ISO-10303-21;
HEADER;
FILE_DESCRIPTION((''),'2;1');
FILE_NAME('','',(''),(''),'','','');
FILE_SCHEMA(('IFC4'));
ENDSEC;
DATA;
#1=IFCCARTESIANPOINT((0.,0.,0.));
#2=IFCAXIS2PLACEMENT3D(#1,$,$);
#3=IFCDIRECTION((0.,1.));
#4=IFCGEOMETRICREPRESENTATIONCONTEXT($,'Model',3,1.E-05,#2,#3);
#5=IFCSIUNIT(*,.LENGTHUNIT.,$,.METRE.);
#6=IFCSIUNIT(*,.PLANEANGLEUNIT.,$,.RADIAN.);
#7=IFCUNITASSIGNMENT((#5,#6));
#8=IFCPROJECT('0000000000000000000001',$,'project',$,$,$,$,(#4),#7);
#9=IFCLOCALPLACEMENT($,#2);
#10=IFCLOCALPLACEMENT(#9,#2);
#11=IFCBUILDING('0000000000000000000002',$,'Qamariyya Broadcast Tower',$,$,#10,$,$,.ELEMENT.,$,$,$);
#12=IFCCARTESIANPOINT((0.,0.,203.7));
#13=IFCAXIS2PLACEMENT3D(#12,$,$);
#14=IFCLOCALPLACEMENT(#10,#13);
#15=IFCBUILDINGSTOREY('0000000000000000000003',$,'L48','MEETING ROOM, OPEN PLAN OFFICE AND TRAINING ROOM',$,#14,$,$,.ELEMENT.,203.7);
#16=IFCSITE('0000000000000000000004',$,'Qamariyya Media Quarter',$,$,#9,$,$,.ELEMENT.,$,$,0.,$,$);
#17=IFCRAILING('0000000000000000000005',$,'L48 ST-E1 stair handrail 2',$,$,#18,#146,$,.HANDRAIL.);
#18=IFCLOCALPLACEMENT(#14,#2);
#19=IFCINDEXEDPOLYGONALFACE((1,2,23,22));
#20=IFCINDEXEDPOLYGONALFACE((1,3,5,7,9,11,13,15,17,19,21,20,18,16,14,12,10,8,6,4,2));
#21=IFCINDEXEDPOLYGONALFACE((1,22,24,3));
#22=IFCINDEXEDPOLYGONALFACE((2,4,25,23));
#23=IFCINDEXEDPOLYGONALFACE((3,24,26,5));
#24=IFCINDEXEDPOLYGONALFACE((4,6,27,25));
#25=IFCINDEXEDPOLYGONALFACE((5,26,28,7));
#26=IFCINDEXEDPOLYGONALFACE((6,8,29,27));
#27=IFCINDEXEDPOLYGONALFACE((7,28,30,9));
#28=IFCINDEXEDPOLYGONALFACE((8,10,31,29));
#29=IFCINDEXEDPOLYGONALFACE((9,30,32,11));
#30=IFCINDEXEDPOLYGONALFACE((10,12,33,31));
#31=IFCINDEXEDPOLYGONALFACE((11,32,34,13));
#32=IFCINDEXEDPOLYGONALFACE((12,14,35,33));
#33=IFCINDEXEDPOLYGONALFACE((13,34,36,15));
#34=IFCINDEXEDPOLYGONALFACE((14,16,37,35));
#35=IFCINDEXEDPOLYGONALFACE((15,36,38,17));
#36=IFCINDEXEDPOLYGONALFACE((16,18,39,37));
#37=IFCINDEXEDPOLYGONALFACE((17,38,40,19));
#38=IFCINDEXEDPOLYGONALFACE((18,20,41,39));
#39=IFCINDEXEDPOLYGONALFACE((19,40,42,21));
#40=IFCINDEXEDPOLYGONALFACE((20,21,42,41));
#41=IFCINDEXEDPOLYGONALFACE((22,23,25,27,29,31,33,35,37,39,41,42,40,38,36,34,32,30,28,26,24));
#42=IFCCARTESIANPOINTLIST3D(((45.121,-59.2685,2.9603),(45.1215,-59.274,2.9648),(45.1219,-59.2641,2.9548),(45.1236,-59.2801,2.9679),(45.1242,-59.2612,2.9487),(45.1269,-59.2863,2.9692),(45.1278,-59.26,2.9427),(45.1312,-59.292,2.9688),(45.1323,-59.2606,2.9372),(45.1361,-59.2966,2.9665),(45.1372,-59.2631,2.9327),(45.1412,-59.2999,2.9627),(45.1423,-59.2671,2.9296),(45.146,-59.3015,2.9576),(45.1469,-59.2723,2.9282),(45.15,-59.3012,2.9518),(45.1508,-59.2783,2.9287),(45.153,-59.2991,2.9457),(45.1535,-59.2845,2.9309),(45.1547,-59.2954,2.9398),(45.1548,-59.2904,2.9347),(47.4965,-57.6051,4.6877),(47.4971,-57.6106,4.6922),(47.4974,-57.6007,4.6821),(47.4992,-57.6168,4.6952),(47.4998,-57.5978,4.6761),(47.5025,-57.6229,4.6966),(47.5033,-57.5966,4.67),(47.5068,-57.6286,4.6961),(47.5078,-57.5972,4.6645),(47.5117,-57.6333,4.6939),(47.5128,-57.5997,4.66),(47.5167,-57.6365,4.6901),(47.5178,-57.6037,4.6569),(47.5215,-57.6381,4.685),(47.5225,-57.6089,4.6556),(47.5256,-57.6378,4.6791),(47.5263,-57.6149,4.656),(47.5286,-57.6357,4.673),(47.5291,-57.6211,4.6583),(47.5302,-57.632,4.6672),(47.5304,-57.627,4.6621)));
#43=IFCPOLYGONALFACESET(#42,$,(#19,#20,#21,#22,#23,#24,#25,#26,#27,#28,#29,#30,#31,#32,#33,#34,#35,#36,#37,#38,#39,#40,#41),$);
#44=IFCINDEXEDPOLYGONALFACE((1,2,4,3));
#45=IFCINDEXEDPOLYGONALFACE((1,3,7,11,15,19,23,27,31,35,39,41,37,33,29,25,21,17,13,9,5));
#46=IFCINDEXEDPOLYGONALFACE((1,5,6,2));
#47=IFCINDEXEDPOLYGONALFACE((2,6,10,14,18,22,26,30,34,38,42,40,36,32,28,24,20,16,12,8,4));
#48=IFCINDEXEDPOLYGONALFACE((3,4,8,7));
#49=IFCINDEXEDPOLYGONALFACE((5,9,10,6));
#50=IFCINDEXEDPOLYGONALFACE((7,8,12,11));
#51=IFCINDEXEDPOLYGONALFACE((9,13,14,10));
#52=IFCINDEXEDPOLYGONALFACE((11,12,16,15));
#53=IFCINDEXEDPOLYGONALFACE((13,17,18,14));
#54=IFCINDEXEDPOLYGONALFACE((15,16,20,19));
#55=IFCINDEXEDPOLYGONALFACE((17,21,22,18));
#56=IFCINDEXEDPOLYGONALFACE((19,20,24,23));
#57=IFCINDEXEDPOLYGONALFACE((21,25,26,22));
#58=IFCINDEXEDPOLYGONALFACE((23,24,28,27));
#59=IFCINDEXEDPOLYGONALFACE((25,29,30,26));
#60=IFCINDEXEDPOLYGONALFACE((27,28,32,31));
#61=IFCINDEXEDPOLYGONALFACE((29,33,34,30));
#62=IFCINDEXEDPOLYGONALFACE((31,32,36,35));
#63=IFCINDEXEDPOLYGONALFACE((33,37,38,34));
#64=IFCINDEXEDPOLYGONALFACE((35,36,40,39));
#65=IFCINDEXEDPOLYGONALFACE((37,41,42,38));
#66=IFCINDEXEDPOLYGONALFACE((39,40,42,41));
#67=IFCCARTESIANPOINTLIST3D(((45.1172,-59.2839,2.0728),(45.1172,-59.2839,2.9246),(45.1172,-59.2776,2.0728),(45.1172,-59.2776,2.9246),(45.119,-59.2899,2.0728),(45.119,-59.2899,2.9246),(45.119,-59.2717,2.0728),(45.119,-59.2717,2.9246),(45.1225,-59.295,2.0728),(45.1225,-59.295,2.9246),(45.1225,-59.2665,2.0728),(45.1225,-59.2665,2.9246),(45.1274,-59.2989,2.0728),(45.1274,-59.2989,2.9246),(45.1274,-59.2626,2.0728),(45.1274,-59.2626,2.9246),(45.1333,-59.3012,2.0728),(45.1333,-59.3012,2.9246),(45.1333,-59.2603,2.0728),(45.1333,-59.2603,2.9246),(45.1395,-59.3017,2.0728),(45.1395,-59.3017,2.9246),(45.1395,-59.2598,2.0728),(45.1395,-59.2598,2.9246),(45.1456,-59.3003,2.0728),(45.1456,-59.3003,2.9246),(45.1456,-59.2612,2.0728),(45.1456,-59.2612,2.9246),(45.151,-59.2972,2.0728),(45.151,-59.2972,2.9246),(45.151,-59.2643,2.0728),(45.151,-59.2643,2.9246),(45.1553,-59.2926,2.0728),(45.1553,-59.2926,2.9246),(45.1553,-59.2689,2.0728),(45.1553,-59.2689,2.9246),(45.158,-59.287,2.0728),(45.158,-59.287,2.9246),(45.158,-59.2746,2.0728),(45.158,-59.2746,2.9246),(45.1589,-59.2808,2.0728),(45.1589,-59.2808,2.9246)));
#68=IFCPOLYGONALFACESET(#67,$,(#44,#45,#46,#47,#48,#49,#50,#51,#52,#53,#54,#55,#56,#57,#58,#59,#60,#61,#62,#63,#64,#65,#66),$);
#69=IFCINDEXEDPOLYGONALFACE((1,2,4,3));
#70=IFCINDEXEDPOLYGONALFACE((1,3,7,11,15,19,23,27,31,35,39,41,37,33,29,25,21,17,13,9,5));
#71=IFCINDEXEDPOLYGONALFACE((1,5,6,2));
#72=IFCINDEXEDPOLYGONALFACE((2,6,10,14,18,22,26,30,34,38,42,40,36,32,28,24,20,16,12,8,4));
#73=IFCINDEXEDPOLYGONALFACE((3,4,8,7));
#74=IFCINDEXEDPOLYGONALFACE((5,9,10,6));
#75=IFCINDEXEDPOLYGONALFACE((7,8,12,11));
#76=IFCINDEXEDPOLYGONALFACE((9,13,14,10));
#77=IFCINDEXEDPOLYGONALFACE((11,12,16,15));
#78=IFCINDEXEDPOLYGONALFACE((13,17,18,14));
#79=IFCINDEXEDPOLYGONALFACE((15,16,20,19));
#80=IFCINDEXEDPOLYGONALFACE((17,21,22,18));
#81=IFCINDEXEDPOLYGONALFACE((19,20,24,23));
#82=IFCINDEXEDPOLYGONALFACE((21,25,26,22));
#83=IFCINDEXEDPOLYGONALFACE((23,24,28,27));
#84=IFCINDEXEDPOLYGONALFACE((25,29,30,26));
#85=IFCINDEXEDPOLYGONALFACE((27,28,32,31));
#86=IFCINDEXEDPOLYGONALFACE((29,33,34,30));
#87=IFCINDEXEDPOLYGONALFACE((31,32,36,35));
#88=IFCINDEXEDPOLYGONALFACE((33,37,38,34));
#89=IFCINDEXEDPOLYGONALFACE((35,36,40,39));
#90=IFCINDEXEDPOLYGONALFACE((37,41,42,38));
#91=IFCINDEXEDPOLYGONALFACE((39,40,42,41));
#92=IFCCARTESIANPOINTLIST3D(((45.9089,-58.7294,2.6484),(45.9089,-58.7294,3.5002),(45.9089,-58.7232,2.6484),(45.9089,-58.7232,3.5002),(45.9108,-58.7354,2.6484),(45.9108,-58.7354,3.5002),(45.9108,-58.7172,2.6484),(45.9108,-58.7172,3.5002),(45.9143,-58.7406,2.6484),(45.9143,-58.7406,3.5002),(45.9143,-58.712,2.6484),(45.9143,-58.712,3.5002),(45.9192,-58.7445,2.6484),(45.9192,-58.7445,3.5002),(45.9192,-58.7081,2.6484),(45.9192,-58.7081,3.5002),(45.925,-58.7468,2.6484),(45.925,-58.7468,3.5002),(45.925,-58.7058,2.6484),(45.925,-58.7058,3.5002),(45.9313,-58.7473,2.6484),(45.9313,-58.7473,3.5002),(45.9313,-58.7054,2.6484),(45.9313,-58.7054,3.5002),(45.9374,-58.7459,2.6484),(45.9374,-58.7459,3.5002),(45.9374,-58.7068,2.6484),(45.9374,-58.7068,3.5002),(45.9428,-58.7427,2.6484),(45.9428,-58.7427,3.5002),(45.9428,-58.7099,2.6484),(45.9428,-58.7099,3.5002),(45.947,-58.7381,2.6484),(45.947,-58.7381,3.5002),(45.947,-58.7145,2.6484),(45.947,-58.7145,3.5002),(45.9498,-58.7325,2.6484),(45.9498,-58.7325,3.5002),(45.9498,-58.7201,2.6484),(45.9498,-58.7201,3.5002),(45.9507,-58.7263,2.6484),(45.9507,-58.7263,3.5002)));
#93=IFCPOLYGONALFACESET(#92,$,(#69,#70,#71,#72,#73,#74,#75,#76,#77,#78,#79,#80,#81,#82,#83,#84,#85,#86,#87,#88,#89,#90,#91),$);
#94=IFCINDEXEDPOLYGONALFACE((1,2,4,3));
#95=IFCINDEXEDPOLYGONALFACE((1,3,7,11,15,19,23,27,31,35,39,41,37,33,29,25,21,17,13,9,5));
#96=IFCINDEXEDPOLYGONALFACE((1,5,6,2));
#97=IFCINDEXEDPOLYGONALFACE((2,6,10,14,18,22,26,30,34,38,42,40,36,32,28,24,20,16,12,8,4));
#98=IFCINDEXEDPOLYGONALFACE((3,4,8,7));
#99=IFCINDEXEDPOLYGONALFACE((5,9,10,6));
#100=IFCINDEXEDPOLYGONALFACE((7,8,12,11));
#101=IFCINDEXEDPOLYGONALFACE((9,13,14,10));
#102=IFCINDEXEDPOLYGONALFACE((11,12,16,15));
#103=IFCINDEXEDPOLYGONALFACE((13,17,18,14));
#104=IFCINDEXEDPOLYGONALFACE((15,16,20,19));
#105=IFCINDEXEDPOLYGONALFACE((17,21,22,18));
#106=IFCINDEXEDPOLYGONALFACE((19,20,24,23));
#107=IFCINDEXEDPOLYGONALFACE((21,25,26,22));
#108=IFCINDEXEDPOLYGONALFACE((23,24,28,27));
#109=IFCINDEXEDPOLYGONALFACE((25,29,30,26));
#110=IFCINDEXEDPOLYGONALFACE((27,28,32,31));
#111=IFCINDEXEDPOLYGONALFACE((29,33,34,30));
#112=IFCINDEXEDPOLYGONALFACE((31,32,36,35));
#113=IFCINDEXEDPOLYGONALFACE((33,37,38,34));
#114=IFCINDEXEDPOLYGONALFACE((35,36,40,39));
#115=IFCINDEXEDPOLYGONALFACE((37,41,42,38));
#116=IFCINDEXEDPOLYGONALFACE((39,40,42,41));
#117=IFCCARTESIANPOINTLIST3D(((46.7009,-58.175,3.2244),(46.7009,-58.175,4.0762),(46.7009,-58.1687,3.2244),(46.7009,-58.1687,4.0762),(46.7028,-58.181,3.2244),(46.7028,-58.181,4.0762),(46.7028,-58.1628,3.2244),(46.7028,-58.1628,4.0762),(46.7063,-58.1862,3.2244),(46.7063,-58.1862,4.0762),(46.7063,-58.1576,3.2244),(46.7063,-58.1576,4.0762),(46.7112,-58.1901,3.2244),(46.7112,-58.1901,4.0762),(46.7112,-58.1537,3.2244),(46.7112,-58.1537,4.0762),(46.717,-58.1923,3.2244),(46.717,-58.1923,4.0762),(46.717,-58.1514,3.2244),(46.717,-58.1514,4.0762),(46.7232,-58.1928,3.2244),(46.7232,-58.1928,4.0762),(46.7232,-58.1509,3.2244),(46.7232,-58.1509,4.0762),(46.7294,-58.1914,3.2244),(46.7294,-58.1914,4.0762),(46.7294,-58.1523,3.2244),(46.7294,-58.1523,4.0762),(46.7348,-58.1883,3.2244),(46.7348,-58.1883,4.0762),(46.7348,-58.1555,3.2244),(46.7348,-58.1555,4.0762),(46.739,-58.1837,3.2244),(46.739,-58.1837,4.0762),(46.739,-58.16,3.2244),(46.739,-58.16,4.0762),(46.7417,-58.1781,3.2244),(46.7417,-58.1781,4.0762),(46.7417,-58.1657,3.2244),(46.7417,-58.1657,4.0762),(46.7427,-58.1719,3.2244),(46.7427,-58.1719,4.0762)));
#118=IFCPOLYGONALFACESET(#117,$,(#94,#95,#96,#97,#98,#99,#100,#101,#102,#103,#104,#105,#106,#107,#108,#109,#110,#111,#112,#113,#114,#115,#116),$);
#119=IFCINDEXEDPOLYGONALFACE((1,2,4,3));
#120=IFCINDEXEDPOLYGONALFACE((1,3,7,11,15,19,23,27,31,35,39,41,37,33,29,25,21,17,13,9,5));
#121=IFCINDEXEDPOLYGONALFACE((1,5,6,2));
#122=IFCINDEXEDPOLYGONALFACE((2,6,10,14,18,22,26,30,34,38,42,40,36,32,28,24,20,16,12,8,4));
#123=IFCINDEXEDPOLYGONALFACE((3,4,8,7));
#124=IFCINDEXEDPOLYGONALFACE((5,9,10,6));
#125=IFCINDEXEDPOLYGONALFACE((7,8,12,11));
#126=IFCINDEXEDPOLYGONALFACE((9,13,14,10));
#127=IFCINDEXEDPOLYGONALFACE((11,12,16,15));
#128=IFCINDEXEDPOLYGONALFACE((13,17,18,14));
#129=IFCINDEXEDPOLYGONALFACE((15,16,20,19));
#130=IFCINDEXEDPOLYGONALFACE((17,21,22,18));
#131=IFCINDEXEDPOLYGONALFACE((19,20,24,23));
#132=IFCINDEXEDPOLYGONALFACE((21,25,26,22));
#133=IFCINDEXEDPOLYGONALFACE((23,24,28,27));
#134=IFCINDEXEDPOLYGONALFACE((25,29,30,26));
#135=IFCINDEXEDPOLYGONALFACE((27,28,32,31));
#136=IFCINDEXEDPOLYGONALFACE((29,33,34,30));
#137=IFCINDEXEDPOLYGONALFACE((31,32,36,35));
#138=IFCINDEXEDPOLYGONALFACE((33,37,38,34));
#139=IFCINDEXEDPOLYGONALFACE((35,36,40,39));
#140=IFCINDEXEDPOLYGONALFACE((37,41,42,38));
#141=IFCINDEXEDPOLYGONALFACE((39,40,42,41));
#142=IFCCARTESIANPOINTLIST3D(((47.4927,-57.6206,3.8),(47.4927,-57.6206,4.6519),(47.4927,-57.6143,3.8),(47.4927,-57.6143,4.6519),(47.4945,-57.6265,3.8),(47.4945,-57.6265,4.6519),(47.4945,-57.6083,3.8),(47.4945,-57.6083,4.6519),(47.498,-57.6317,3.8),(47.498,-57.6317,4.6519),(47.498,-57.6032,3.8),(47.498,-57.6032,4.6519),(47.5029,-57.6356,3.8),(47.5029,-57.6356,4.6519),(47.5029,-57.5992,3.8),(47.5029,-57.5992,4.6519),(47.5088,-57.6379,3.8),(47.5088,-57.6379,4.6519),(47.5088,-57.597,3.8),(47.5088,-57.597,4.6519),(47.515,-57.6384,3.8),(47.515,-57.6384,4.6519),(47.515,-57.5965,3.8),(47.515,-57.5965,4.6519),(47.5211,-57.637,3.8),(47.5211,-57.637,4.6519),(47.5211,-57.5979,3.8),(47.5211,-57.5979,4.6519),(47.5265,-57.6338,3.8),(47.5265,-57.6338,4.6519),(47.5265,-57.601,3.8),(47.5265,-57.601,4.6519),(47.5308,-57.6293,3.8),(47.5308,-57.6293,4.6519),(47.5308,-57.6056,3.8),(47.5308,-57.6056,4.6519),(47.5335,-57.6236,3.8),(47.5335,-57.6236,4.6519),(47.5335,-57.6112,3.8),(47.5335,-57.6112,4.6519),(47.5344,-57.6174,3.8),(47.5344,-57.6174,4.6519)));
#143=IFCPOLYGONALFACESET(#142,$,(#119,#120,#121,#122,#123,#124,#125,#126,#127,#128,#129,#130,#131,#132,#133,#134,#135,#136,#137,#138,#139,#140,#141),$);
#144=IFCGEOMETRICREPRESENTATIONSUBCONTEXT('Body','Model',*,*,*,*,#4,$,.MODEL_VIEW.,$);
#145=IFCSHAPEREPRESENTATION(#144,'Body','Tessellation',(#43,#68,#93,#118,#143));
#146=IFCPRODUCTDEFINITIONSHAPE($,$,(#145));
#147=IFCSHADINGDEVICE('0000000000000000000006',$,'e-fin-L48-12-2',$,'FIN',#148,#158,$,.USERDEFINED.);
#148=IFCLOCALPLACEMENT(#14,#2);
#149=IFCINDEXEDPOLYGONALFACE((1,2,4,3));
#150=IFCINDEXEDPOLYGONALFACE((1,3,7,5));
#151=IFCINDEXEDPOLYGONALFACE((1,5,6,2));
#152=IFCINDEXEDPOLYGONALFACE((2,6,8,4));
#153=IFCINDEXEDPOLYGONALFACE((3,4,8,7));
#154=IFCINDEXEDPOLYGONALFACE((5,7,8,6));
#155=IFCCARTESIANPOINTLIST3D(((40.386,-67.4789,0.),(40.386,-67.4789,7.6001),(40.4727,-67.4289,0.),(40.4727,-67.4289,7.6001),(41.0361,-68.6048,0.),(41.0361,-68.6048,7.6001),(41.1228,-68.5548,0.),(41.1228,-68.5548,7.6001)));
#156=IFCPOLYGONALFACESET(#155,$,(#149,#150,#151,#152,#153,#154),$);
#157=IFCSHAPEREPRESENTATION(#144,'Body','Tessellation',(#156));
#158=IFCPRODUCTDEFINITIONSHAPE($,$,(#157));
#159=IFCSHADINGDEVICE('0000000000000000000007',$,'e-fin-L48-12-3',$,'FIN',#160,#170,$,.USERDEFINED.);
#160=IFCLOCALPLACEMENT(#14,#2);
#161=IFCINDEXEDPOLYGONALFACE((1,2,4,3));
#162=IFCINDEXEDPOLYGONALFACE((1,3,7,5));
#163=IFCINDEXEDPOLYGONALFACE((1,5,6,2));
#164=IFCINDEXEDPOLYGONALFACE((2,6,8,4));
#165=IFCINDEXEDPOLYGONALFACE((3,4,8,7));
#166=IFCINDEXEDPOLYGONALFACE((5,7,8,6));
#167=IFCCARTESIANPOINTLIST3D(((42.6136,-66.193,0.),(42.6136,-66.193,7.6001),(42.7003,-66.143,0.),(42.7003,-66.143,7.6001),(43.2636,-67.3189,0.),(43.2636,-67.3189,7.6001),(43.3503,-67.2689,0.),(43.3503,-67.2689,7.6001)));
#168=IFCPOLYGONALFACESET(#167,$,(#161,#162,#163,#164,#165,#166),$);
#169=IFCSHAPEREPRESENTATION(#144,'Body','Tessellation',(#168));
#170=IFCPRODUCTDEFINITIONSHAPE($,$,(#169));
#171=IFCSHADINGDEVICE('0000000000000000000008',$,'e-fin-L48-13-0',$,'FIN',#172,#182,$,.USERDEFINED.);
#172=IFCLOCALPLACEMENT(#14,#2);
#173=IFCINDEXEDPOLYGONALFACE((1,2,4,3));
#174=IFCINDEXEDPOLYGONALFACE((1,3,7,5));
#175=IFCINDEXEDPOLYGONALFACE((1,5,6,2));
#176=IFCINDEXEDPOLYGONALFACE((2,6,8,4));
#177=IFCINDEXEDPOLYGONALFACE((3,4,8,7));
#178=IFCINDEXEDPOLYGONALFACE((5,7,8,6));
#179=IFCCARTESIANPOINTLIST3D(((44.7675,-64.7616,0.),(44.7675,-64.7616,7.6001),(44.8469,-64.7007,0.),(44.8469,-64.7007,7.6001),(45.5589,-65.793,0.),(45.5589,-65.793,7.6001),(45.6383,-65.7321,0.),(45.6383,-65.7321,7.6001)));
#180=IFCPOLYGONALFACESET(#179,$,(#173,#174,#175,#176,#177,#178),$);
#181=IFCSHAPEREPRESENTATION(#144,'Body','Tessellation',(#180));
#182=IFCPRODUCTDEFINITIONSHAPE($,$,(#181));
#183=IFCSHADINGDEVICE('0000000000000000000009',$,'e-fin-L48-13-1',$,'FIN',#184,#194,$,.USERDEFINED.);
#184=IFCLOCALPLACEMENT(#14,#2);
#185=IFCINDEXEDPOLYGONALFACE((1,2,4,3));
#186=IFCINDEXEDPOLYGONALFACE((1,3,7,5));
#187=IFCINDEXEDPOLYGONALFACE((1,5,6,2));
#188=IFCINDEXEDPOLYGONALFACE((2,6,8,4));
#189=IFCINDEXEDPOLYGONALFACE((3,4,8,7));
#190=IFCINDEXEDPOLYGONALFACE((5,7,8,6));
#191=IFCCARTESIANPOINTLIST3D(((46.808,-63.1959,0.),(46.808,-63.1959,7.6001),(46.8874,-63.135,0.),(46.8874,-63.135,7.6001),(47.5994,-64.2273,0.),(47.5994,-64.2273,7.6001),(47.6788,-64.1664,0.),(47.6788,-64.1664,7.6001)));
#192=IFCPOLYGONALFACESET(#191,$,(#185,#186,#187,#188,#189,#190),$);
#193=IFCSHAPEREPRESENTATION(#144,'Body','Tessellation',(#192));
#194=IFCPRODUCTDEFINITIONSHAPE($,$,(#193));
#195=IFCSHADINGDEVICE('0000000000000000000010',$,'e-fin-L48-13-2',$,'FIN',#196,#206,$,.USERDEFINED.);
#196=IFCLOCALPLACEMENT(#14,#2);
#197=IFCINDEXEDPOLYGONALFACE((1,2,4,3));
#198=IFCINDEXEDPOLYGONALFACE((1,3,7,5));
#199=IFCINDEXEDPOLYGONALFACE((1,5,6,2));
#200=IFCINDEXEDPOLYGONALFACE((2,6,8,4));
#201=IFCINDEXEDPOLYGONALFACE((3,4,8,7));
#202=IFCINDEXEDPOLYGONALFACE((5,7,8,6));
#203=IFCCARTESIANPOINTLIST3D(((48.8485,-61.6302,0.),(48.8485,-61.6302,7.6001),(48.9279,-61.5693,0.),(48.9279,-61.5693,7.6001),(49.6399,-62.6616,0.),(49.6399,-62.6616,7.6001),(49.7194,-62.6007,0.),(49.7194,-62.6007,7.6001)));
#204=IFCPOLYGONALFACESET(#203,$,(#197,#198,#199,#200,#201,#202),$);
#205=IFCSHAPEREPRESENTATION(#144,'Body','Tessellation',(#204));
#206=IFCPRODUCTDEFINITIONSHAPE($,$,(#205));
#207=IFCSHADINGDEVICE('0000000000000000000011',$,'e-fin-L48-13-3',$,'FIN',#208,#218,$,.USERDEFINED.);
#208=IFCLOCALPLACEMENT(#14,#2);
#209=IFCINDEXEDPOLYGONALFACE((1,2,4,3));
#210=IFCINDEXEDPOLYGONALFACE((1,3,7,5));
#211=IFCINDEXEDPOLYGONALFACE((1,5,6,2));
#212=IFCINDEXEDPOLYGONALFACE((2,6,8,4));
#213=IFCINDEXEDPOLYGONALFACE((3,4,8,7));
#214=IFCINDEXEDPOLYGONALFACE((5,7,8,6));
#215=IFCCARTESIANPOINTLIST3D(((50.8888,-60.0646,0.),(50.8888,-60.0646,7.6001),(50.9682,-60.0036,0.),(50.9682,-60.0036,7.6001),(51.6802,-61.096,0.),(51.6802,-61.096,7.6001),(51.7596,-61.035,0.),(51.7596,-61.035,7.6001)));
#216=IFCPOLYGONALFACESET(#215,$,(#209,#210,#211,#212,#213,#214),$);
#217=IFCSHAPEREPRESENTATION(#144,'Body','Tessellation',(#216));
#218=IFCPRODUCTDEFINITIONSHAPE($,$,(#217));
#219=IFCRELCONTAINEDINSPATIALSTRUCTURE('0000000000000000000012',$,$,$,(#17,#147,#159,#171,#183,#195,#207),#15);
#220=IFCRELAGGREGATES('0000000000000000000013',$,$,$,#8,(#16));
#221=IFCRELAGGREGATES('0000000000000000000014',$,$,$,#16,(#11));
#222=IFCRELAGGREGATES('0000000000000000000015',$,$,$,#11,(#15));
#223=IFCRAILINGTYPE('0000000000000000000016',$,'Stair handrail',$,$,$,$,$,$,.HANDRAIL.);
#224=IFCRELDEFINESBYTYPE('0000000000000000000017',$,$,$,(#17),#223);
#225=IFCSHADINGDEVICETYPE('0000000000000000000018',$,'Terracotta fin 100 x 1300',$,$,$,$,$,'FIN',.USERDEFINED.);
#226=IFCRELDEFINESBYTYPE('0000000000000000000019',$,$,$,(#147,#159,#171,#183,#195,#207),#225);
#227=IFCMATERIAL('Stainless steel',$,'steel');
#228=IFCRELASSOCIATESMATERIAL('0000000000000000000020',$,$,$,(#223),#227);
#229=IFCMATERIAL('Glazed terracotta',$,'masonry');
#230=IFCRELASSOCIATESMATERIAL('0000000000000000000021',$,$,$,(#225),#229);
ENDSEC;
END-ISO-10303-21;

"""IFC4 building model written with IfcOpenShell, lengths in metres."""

from ifc_helpers import new_model, si_unit, direction, frame, origin, origin_2d, place, context, subcontext, project, spatial, rectangle, circle, extrude, material, material_profile, profile_set, type_object, element, save


model = new_model("IFC4")

# Units and contexts
model_context = context("Model", 3, precision=1e-05, world=origin(), true_north=direction((0.0, 1.0)))
body_context = subcontext(model_context, "Body", "Model", "MODEL_VIEW")
ifc_project = project(units=[si_unit("LENGTHUNIT", "METRE"), si_unit("PLANEANGLEUNIT", "RADIAN")], contexts=[model_context])

# Site, building, storey
site_placement = place(None, origin())
site = spatial("IfcSite", under=ifc_project, at=site_placement, Name="Qamariyya Media Quarter", CompositionType="ELEMENT", RefElevation=0.0)
building_placement = place(site_placement, origin())
building = spatial("IfcBuilding", under=site, at=building_placement, Name="Qamariyya Broadcast Tower", CompositionType="ELEMENT")
storey_placement = place(building_placement, frame((0.0, 0.0, 203.7)))
storey = spatial("IfcBuildingStorey", under=building, at=storey_placement, Name="L48", Description="MEETING ROOM, OPEN PLAN OFFICE AND TRAINING ROOM", CompositionType="ELEMENT", Elevation=203.7)

# Railing
ifc_material_1 = material(Name="Stainless steel", Category="steel")
railing_type_1 = type_object("IfcRailingType", Name="Stair handrail", PredefinedType="HANDRAIL", material=ifc_material_1)
railing_1_placement = place(storey_placement, frame((45.1379, -59.2808, 2.0728)))
element("IfcRailing", 1, at=railing_1_placement, inside=storey, type_object=railing_type_1, Name="L48 ST-E1 stair handrail 2", PredefinedType="HANDRAIL", context=body_context, shape_type="SweptSolid", body=[
    extrude(circle(Radius=0.0239, at=origin_2d()), frame((0.0, 0.0, 0.876), z_axis=(0.70377, 0.492784, 0.511734), x_axis=(-0.573575, 0.819153, 0.0)), (0.0, 0.0, 1.0), 3.3755),
    extrude(circle(Radius=0.021, at=origin_2d()), origin(), (0.0, 0.0, 1.0), 0.8518),
    extrude(circle(Radius=0.021, at=origin_2d()), frame((0.7917, 0.5544, 0.5757)), (0.0, 0.0, 1.0), 0.8518),
    extrude(circle(Radius=0.021, at=origin_2d()), frame((1.5837, 1.1089, 1.1516)), (0.0, 0.0, 1.0), 0.8518),
    extrude(circle(Radius=0.021, at=origin_2d()), frame((2.3755, 1.6633, 1.7273)), (0.0, 0.0, 1.0), 0.8518),
])

# Shading devices
ifc_material_2 = material(Name="Glazed terracotta", Category="masonry")
ifc_material_profile_1 = material_profile(ifc_material_2, rectangle(XDim=1.3, YDim=0.1001, at=origin_2d()))
ifc_profile_set_1 = profile_set([ifc_material_profile_1], Name="Glazed terracotta")
shading_device_type_1 = type_object("IfcShadingDeviceType", Name="Terracotta fin 100 x 1300", ElementType="FIN", PredefinedType="USERDEFINED", material=ifc_profile_set_1)
for number, where, z_axis, x_axis, name in (
    (2, (40.7544, -68.0168, 0.0), (0.0, 0.0, 1.0), (0.5, -0.866025, 0.0), "e-fin-L48-12-2"),
    (3, (42.9819, -66.731, 0.0), (0.0, 0.0, 1.0), (0.5, -0.866025, 0.0), "e-fin-L48-12-3"),
    (4, (45.2029, -65.2468, 0.0), (0.0, 0.0, 1.0), (0.608761, -0.793353, 0.0), "e-fin-L48-13-0"),
    (5, (47.2434, -63.6812, 0.0), (0.0, 0.0, 1.0), (0.608761, -0.793353, 0.0), "e-fin-L48-13-1"),
    (6, (49.2839, -62.1155, 0.0), (0.0, 0.0, 1.0), (0.608761, -0.793353, 0.0), "e-fin-L48-13-2"),
    (7, (51.3242, -60.5498, 0.0), (0.0, 0.0, 1.0), (0.608761, -0.793353, 0.0), "e-fin-L48-13-3"),
):
    element("IfcShadingDevice", number, at=place(storey_placement, frame(where, z_axis=z_axis, x_axis=x_axis)), inside=storey, type_object=shading_device_type_1, Name=name, ObjectType="FIN", PredefinedType="USERDEFINED", context=body_context, shape_type="SweptSolid", body=[
        extrude(rectangle(XDim=1.3, YDim=0.1001, at=origin_2d()), origin(), (0.0, 0.0, 1.0), 7.6001),
    ])

save(model, "model.ifc")
